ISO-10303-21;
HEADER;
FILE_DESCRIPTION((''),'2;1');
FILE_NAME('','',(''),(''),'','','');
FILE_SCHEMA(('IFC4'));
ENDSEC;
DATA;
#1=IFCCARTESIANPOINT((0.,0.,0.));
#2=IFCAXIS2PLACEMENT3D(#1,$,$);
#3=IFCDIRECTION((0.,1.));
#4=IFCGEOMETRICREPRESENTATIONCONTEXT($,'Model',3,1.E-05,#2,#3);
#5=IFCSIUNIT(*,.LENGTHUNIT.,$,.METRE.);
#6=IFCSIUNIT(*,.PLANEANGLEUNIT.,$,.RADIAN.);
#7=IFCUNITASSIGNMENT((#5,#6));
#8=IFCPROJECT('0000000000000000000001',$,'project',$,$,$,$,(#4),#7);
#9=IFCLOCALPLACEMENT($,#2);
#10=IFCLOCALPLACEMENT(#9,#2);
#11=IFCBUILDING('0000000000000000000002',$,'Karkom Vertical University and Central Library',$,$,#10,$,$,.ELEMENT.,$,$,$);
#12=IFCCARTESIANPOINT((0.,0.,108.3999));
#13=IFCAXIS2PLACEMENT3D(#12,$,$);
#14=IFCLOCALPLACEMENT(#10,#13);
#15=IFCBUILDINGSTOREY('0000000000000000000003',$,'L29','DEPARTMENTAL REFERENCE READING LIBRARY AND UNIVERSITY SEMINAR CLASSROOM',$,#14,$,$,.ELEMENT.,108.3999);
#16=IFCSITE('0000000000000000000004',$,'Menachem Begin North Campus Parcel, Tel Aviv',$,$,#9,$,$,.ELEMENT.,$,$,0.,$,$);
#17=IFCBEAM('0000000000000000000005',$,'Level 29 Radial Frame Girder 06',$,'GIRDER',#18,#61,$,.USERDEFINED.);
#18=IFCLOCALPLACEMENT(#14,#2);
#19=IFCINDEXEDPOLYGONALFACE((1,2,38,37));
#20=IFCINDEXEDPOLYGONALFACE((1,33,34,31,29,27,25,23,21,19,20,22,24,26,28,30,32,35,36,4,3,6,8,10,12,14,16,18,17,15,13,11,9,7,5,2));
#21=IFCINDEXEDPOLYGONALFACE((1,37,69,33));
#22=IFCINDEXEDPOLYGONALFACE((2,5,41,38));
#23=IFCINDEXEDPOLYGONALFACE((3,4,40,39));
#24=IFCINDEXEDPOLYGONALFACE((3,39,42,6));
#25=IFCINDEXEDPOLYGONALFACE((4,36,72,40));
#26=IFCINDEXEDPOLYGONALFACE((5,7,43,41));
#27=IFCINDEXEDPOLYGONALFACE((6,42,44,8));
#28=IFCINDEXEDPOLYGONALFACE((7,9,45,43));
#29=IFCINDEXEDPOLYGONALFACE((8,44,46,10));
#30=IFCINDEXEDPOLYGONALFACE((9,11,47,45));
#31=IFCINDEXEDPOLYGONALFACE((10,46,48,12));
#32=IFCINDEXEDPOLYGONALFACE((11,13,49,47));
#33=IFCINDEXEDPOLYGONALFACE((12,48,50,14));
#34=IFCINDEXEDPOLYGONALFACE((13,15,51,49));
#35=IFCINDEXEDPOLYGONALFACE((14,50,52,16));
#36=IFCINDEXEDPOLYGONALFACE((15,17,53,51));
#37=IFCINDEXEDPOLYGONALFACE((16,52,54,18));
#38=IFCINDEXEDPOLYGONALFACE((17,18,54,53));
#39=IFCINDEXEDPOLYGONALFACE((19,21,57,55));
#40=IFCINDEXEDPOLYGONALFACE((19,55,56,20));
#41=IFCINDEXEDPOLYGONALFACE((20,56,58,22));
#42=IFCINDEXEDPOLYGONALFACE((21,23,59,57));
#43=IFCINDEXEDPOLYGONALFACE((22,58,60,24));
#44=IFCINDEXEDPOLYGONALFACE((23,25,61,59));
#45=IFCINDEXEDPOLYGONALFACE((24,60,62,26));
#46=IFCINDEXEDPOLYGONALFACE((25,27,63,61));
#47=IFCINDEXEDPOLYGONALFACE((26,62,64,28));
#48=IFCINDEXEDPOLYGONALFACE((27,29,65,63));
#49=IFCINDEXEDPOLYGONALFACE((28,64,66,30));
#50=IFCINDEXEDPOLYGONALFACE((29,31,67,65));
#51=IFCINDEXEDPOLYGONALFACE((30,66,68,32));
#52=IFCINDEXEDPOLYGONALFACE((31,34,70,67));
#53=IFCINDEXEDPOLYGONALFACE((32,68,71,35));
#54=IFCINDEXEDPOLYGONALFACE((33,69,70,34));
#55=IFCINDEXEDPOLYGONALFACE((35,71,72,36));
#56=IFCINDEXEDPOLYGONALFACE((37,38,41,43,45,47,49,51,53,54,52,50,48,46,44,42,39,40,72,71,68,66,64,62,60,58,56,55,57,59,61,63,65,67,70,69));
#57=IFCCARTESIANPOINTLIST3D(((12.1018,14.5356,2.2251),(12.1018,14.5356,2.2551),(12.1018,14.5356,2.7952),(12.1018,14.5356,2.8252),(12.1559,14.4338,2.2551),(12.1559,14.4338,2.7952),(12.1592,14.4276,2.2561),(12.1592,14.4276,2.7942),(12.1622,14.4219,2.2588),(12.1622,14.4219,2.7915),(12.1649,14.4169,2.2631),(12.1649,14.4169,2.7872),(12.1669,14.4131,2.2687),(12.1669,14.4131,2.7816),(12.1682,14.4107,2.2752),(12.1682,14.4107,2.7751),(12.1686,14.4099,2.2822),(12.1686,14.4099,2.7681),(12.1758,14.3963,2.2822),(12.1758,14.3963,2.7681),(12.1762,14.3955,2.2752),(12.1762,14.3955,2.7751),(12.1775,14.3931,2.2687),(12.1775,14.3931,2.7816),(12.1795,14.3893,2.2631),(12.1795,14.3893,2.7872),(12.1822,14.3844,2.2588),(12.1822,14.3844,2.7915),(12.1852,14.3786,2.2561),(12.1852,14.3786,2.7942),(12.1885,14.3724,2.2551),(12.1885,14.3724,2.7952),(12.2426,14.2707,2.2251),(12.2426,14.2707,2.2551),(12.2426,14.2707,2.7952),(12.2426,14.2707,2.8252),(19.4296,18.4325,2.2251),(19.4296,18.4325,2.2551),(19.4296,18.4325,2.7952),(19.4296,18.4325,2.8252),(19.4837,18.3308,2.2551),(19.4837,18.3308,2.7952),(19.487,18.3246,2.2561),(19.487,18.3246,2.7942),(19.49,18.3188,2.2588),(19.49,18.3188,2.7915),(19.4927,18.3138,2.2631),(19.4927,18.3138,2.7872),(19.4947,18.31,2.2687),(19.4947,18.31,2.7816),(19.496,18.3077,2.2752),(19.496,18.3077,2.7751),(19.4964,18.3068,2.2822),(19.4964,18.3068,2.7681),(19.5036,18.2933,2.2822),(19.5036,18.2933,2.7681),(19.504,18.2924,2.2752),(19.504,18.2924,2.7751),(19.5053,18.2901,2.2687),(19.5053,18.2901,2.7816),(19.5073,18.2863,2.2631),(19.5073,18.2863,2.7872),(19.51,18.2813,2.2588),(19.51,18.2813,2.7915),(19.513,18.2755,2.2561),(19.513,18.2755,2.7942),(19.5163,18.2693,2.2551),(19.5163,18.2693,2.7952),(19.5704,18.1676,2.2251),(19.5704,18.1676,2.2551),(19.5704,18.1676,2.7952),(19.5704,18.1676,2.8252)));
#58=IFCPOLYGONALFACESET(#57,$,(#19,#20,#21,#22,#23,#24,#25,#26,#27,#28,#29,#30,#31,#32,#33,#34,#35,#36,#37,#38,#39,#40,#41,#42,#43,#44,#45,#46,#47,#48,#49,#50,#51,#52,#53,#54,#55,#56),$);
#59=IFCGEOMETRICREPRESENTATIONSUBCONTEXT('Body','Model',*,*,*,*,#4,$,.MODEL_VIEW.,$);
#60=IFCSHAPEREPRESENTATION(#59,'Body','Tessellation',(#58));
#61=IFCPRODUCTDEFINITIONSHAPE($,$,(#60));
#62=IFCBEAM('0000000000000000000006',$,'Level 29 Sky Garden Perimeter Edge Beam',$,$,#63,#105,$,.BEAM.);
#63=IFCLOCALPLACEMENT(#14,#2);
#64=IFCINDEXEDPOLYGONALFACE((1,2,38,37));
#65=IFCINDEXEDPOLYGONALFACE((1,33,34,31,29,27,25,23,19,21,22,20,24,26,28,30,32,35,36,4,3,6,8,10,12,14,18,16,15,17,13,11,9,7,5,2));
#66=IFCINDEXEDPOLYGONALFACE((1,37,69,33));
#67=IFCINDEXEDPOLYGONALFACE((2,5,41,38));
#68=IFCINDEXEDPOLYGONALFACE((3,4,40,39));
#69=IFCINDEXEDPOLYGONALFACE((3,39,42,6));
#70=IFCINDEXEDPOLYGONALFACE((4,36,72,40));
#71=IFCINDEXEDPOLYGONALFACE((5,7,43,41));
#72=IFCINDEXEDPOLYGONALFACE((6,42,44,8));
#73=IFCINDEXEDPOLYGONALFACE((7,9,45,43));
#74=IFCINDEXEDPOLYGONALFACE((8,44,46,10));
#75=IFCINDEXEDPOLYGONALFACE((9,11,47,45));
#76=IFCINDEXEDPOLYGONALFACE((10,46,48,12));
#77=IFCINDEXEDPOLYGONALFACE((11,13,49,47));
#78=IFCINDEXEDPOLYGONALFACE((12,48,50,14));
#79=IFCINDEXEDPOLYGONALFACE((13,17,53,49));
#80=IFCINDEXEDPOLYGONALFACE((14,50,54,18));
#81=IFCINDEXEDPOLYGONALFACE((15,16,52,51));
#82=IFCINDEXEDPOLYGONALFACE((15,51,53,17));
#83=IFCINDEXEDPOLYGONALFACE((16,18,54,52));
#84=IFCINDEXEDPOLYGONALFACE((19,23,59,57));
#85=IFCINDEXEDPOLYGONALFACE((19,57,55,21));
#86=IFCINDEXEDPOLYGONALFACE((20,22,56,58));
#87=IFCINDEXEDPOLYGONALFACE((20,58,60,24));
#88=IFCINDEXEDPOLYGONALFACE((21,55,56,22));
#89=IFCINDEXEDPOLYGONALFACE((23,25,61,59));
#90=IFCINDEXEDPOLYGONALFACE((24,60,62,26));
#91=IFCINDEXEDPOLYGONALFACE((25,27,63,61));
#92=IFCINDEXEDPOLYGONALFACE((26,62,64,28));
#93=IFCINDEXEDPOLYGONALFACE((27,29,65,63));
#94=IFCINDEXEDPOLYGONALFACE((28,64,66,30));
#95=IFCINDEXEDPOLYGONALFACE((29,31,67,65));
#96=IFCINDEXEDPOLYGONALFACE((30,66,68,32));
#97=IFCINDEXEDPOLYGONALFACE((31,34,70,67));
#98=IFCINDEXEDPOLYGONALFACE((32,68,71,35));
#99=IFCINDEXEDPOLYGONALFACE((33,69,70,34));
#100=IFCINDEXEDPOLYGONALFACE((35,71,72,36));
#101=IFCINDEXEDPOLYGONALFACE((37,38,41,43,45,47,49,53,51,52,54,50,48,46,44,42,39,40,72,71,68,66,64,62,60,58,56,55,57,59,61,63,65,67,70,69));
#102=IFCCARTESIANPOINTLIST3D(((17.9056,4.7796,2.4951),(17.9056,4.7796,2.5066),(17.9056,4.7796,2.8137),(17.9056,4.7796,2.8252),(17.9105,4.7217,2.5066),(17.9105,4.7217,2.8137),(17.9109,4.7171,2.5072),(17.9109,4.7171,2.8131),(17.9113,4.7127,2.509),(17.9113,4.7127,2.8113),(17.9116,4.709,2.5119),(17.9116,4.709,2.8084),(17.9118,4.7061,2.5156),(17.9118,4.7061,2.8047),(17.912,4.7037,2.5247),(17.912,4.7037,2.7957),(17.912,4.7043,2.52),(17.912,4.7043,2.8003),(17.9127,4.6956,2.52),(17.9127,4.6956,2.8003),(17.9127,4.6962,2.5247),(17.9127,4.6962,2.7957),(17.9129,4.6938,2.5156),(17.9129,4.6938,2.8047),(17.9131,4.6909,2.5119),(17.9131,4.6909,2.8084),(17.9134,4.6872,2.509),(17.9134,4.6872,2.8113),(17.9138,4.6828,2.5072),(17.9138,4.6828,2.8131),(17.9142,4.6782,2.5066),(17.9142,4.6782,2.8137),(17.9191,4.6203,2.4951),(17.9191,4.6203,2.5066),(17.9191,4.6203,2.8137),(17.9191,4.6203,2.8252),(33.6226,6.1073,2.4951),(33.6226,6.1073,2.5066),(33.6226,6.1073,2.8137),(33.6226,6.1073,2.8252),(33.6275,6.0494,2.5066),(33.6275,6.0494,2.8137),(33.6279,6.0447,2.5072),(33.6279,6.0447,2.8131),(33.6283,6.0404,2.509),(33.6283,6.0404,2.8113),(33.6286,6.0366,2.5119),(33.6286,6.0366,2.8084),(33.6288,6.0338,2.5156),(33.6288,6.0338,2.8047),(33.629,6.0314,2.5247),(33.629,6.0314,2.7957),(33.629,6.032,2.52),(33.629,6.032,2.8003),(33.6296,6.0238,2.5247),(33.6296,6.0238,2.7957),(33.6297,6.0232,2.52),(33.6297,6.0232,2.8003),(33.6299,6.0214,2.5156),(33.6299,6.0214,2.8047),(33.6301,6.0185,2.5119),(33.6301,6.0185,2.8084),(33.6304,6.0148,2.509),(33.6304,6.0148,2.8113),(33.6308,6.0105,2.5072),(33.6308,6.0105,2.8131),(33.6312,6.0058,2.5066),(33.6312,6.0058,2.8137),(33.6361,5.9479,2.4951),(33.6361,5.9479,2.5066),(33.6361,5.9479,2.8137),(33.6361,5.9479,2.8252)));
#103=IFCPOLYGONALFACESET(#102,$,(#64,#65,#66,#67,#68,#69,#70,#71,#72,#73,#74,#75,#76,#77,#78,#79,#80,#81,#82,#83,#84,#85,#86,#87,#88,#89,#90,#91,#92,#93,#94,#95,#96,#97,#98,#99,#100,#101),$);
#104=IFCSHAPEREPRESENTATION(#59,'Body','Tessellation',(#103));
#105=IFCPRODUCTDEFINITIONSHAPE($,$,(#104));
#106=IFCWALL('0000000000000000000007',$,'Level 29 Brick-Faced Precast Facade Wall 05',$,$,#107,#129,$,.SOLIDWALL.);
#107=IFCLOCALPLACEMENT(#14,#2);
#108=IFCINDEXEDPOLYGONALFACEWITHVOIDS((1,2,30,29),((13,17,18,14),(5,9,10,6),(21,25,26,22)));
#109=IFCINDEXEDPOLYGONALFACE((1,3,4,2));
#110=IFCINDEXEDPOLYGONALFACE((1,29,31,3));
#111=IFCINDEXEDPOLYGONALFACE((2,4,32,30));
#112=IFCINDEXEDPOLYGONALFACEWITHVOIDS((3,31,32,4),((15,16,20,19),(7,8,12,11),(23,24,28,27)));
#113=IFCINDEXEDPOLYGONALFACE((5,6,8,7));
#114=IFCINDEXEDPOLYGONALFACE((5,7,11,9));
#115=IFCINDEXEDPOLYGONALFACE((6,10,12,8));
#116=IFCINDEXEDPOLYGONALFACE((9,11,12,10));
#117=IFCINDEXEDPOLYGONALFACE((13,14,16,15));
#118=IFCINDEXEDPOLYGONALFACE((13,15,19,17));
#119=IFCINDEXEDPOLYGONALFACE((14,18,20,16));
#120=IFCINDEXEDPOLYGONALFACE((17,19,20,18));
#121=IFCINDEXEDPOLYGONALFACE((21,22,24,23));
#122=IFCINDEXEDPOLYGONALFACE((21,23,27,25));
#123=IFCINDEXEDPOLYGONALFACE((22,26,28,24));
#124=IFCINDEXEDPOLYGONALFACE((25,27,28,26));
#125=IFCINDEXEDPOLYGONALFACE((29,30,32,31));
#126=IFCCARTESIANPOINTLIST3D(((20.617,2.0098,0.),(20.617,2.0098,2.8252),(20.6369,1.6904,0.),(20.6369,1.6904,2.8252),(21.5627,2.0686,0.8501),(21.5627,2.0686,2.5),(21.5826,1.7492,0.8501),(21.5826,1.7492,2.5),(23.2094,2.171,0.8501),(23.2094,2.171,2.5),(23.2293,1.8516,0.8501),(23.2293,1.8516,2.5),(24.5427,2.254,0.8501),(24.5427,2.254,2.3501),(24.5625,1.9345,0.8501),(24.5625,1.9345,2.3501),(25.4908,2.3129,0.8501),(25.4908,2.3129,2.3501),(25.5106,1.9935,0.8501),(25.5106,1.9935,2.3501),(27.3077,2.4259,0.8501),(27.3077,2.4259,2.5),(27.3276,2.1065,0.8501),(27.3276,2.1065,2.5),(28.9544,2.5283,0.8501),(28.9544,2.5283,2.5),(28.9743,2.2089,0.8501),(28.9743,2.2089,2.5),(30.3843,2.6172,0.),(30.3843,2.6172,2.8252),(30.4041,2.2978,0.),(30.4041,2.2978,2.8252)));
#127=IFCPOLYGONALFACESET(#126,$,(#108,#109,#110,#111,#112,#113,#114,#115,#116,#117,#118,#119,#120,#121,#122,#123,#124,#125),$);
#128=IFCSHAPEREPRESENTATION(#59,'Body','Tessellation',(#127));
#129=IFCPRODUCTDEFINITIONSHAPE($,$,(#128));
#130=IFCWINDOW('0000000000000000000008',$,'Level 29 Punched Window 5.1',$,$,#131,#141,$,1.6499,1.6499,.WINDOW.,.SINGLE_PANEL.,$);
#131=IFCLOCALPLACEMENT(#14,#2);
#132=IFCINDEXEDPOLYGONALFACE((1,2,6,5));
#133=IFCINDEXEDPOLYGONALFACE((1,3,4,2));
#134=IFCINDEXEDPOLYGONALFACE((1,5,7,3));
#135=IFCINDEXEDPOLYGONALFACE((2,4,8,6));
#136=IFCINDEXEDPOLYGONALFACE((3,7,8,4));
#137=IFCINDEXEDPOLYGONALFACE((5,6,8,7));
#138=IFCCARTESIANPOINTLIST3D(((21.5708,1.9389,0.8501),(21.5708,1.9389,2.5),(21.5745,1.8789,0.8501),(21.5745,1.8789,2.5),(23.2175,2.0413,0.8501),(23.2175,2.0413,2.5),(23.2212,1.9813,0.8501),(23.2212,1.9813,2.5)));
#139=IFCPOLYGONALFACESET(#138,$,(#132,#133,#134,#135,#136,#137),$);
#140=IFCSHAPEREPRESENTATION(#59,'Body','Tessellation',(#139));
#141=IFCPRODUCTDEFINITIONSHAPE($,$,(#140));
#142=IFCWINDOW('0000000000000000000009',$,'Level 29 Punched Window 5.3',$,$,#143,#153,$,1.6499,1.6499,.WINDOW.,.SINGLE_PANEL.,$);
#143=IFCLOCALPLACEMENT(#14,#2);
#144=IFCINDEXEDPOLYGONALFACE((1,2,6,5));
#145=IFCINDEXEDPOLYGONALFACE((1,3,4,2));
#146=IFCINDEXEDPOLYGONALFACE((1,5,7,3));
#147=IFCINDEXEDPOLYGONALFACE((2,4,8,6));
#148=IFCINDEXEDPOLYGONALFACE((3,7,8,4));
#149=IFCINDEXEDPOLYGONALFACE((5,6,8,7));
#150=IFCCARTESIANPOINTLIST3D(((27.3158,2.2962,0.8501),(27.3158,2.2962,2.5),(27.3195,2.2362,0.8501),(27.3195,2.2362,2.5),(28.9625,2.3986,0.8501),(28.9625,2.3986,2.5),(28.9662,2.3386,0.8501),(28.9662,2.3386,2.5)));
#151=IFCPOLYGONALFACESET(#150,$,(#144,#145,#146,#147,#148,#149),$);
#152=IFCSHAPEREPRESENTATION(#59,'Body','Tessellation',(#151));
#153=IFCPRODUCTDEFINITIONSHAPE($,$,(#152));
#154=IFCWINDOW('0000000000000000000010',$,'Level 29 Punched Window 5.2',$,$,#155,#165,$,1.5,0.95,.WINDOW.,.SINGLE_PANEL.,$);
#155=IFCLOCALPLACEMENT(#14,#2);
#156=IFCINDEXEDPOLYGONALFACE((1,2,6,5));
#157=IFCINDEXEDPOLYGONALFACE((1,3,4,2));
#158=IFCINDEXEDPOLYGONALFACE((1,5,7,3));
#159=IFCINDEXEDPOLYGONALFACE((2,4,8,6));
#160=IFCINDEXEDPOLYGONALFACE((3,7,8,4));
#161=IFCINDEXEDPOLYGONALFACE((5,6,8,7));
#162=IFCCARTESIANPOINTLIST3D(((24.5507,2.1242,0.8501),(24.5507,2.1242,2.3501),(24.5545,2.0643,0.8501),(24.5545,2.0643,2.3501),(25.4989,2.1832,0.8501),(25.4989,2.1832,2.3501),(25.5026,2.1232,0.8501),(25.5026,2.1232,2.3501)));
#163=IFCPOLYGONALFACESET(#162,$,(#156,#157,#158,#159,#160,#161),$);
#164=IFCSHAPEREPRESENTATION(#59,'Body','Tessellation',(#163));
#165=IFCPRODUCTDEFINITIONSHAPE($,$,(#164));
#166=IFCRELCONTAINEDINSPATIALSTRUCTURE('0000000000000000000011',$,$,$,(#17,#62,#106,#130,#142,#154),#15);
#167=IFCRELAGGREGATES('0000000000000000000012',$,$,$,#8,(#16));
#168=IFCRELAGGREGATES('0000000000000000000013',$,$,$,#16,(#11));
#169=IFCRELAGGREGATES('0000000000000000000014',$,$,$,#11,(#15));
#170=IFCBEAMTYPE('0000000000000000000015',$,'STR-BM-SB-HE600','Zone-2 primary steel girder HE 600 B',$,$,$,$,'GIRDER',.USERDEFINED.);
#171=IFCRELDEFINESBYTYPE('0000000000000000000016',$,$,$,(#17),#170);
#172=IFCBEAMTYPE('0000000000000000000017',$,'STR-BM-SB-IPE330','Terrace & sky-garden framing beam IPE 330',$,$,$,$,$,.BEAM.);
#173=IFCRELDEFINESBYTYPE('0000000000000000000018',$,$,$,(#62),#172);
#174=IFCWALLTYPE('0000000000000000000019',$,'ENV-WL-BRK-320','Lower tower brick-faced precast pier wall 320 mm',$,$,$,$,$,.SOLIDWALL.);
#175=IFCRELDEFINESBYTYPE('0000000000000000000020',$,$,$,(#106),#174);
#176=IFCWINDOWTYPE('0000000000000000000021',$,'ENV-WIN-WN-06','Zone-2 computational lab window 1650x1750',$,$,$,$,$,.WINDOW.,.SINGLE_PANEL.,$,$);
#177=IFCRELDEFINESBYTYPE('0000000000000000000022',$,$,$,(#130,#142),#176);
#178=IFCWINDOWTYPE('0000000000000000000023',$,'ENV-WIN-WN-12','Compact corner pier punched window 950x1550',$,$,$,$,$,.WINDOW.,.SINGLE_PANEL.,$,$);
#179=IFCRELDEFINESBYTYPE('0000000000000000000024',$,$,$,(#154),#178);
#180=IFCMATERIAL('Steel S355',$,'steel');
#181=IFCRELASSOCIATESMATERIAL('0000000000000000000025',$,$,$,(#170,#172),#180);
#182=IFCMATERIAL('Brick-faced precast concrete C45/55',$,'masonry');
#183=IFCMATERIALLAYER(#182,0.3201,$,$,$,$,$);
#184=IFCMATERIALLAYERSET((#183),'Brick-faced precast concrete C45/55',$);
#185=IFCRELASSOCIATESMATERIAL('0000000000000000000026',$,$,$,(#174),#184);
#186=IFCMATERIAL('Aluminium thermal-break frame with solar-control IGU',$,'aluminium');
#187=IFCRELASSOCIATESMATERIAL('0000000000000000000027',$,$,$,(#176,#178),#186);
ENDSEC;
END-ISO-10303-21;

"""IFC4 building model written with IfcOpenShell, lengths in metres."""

from ifc_helpers import new_model, si_unit, direction, frame, frame_2d, origin, origin_with_axes, origin_2d, place, context, subcontext, project, spatial, rectangle, i_section, extrude, source, transform, mapped, material, layer, layer_set, material_profile, profile_set, type_object, element, fill, save


model = new_model("IFC4")

# Units and contexts
model_context = context("Model", 3, precision=1e-05, world=origin(), true_north=direction((0.0, 1.0)))
body_context = subcontext(model_context, "Body", "Model", "MODEL_VIEW")
ifc_project = project(units=[si_unit("LENGTHUNIT", "METRE"), si_unit("PLANEANGLEUNIT", "RADIAN")], contexts=[model_context])

# Site, building, storey
site_placement = place(None, origin())
site = spatial("IfcSite", under=ifc_project, at=site_placement, Name="Menachem Begin North Campus Parcel, Tel Aviv", CompositionType="ELEMENT", RefElevation=0.0)
building_placement = place(site_placement, origin())
building = spatial("IfcBuilding", under=site, at=building_placement, Name="Karkom Vertical University and Central Library", CompositionType="ELEMENT")
storey_placement = place(building_placement, frame((0.0, 0.0, 108.3999)))
storey = spatial("IfcBuildingStorey", under=building, at=storey_placement, Name="L29", Description="DEPARTMENTAL REFERENCE READING LIBRARY AND UNIVERSITY SEMINAR CLASSROOM", CompositionType="ELEMENT", Elevation=108.3999)

# Beams
ifc_material_1 = material(Name="Steel S355", Category="steel")
ifc_material_profile_1 = material_profile(ifc_material_1, i_section(OverallWidth=0.3, OverallDepth=0.6001, WebThickness=0.0154, FlangeThickness=0.03, FilletRadius=0.0271, at=origin_2d()), Name="HE 600 B")
ifc_profile_set_1 = profile_set([ifc_material_profile_1], Name="Steel S355")
beam_type_1 = type_object("IfcBeamType", Name="STR-BM-SB-HE600", Description="Zone-2 primary steel girder HE 600 B", ElementType="GIRDER", PredefinedType="USERDEFINED", material=ifc_profile_set_1)
shared_shape_1 = source(origin_with_axes(), body_context, "Body", "SweptSolid", [
    extrude(i_section(OverallWidth=0.3, OverallDepth=0.6001, WebThickness=0.0154, FlangeThickness=0.03, FilletRadius=0.0271, at=origin_2d()), origin(), (0.0, 0.0, 1.0), 8.2996),
])
beam_1_placement = place(storey_placement, frame((19.5, 18.3, 2.5251), z_axis=(-0.882914, -0.469534, 0.0), x_axis=(0.469534, -0.882914, 0.0)))
element("IfcBeam", 1, at=beam_1_placement, inside=storey, type_object=beam_type_1, Name="Level 29 Radial Frame Girder 06", ObjectType="GIRDER", PredefinedType="USERDEFINED", context=body_context, shape_type="MappedRepresentation", body=[
    mapped(shared_shape_1, transform((0.0, 0.0, 0.0), scale=1.0)),
])
ifc_material_profile_2 = material_profile(ifc_material_1, i_section(OverallWidth=0.1599, OverallDepth=0.3301, WebThickness=0.0076, FlangeThickness=0.0115, FilletRadius=0.0181, at=origin_2d()), Name="IPE 330")
ifc_profile_set_2 = profile_set([ifc_material_profile_2], Name="Steel S355")
beam_type_2 = type_object("IfcBeamType", Name="STR-BM-SB-IPE330", Description="Terrace & sky-garden framing beam IPE 330", PredefinedType="BEAM", material=ifc_profile_set_2)
shared_shape_2 = source(origin_with_axes(), body_context, "Body", "SweptSolid", [
    extrude(i_section(OverallWidth=0.1599, OverallDepth=0.3301, WebThickness=0.0076, FlangeThickness=0.0115, FilletRadius=0.0181, at=origin_2d()), origin(), (0.0, 0.0, 1.0), 15.7729),
])
beam_2_placement = place(storey_placement, frame((17.9124, 4.7, 2.6602), z_axis=(0.996451, 0.084171, 0.0), x_axis=(-0.084171, 0.996451, 0.0)))
element("IfcBeam", 2, at=beam_2_placement, inside=storey, type_object=beam_type_2, Name="Level 29 Sky Garden Perimeter Edge Beam", PredefinedType="BEAM", context=body_context, shape_type="MappedRepresentation", body=[
    mapped(shared_shape_2, transform((0.0, 0.0, 0.0), scale=1.0)),
])

# Wall, openings, windows
ifc_material_2 = material(Name="Brick-faced precast concrete C45/55", Category="masonry")
ifc_layer_1 = layer(ifc_material_2, 0.3201)
ifc_layer_set_1 = layer_set([ifc_layer_1], Name="Brick-faced precast concrete C45/55")
wall_type_1 = type_object("IfcWallType", Name="ENV-WL-BRK-320", Description="Lower tower brick-faced precast pier wall 320 mm", PredefinedType="SOLIDWALL", material=ifc_layer_set_1)
wall_1_placement = place(storey_placement, frame((20.627, 1.8501, 0.0), z_axis=(0.0, 0.0, 1.0), x_axis=(0.998072, 0.062069, 0.0)))
wall_1 = element("IfcWall", 3, at=wall_1_placement, inside=storey, type_object=wall_type_1, Name="Level 29 Brick-Faced Precast Facade Wall 05", PredefinedType="SOLIDWALL", context=body_context, shape_type="SweptSolid", body=[
    extrude(rectangle(XDim=9.7861, YDim=0.3201, at=frame_2d((4.8931, 0.0))), origin(), (0.0, 0.0, 1.0), 2.8252),
])
opening_1_placement = place(wall_1_placement, frame((0.9475, 0.0, 0.8501)))
opening_1 = element("IfcOpeningElement", 4, at=opening_1_placement, cuts=wall_1, PredefinedType="OPENING", context=body_context, shape_type="SweptSolid", body=[
    extrude(rectangle(XDim=1.6499, YDim=1.6499, at=frame_2d((0.825, 0.825))), frame((0.0, 0.1699, 0.0), z_axis=(0.0, -1.0, 0.0), x_axis=(1.0, 0.0, 0.0)), (0.0, 0.0, 1.0), 0.3401),
])
opening_2_placement = place(wall_1_placement, frame((3.9331, 0.0, 0.8501)))
opening_2 = element("IfcOpeningElement", 5, at=opening_2_placement, cuts=wall_1, PredefinedType="OPENING", context=body_context, shape_type="SweptSolid", body=[
    extrude(rectangle(XDim=0.95, YDim=1.5, at=frame_2d((0.4751, 0.75))), frame((0.0, 0.1699, 0.0), z_axis=(0.0, -1.0, 0.0), x_axis=(1.0, 0.0, 0.0)), (0.0, 0.0, 1.0), 0.3401),
])
opening_3_placement = place(wall_1_placement, frame((6.7036, 0.0, 0.8501)))
opening_3 = element("IfcOpeningElement", 6, at=opening_3_placement, cuts=wall_1, PredefinedType="OPENING", context=body_context, shape_type="SweptSolid", body=[
    extrude(rectangle(XDim=1.6499, YDim=1.6499, at=frame_2d((0.825, 0.825))), frame((0.0, 0.1699, 0.0), z_axis=(0.0, -1.0, 0.0), x_axis=(1.0, 0.0, 0.0)), (0.0, 0.0, 1.0), 0.3401),
])
ifc_material_3 = material(Name="Aluminium thermal-break frame with solar-control IGU", Category="aluminium")
window_type_1 = type_object("IfcWindowType", Name="ENV-WIN-WN-06", Description="Zone-2 computational lab window 1650x1750", PartitioningType="SINGLE_PANEL", PredefinedType="WINDOW", material=ifc_material_3)
shared_shape_3 = source(origin_with_axes(), body_context, "Body", "SweptSolid", [
    extrude(rectangle(XDim=1.6499, YDim=1.6499, at=frame_2d((0.825, 0.825))), frame((0.0, 0.03, 0.0), z_axis=(0.0, -1.0, 0.0), x_axis=(1.0, 0.0, 0.0)), (0.0, 0.0, 1.0), 0.0601),
])
window_1_placement = place(opening_1_placement, origin())
window_1 = element("IfcWindow", 7, at=window_1_placement, inside=storey, type_object=window_type_1, Name="Level 29 Punched Window 5.1", OverallHeight=1.6499, OverallWidth=1.6499, PartitioningType="SINGLE_PANEL", PredefinedType="WINDOW", context=body_context, shape_type="MappedRepresentation", body=[
    mapped(shared_shape_3, transform((0.0, 0.0, 0.0), scale=1.0)),
])
fill(opening_1, window_1)
window_2_placement = place(opening_3_placement, origin())
window_2 = element("IfcWindow", 8, at=window_2_placement, inside=storey, type_object=window_type_1, Name="Level 29 Punched Window 5.3", OverallHeight=1.6499, OverallWidth=1.6499, PartitioningType="SINGLE_PANEL", PredefinedType="WINDOW", context=body_context, shape_type="MappedRepresentation", body=[
    mapped(shared_shape_3, transform((0.0, 0.0, 0.0), scale=1.0)),
])
fill(opening_3, window_2)
window_type_2 = type_object("IfcWindowType", Name="ENV-WIN-WN-12", Description="Compact corner pier punched window 950x1550", PartitioningType="SINGLE_PANEL", PredefinedType="WINDOW", material=ifc_material_3)
shared_shape_4 = source(origin_with_axes(), body_context, "Body", "SweptSolid", [
    extrude(rectangle(XDim=0.95, YDim=1.5, at=frame_2d((0.4751, 0.75))), frame((0.0, 0.03, 0.0), z_axis=(0.0, -1.0, 0.0), x_axis=(1.0, 0.0, 0.0)), (0.0, 0.0, 1.0), 0.0601),
])
window_3_placement = place(opening_2_placement, origin())
window_3 = element("IfcWindow", 9, at=window_3_placement, inside=storey, type_object=window_type_2, Name="Level 29 Punched Window 5.2", OverallHeight=1.5, OverallWidth=0.95, PartitioningType="SINGLE_PANEL", PredefinedType="WINDOW", context=body_context, shape_type="MappedRepresentation", body=[
    mapped(shared_shape_4, transform((0.0, 0.0, 0.0), scale=1.0)),
])
fill(opening_2, window_3)

save(model, "model.ifc")
